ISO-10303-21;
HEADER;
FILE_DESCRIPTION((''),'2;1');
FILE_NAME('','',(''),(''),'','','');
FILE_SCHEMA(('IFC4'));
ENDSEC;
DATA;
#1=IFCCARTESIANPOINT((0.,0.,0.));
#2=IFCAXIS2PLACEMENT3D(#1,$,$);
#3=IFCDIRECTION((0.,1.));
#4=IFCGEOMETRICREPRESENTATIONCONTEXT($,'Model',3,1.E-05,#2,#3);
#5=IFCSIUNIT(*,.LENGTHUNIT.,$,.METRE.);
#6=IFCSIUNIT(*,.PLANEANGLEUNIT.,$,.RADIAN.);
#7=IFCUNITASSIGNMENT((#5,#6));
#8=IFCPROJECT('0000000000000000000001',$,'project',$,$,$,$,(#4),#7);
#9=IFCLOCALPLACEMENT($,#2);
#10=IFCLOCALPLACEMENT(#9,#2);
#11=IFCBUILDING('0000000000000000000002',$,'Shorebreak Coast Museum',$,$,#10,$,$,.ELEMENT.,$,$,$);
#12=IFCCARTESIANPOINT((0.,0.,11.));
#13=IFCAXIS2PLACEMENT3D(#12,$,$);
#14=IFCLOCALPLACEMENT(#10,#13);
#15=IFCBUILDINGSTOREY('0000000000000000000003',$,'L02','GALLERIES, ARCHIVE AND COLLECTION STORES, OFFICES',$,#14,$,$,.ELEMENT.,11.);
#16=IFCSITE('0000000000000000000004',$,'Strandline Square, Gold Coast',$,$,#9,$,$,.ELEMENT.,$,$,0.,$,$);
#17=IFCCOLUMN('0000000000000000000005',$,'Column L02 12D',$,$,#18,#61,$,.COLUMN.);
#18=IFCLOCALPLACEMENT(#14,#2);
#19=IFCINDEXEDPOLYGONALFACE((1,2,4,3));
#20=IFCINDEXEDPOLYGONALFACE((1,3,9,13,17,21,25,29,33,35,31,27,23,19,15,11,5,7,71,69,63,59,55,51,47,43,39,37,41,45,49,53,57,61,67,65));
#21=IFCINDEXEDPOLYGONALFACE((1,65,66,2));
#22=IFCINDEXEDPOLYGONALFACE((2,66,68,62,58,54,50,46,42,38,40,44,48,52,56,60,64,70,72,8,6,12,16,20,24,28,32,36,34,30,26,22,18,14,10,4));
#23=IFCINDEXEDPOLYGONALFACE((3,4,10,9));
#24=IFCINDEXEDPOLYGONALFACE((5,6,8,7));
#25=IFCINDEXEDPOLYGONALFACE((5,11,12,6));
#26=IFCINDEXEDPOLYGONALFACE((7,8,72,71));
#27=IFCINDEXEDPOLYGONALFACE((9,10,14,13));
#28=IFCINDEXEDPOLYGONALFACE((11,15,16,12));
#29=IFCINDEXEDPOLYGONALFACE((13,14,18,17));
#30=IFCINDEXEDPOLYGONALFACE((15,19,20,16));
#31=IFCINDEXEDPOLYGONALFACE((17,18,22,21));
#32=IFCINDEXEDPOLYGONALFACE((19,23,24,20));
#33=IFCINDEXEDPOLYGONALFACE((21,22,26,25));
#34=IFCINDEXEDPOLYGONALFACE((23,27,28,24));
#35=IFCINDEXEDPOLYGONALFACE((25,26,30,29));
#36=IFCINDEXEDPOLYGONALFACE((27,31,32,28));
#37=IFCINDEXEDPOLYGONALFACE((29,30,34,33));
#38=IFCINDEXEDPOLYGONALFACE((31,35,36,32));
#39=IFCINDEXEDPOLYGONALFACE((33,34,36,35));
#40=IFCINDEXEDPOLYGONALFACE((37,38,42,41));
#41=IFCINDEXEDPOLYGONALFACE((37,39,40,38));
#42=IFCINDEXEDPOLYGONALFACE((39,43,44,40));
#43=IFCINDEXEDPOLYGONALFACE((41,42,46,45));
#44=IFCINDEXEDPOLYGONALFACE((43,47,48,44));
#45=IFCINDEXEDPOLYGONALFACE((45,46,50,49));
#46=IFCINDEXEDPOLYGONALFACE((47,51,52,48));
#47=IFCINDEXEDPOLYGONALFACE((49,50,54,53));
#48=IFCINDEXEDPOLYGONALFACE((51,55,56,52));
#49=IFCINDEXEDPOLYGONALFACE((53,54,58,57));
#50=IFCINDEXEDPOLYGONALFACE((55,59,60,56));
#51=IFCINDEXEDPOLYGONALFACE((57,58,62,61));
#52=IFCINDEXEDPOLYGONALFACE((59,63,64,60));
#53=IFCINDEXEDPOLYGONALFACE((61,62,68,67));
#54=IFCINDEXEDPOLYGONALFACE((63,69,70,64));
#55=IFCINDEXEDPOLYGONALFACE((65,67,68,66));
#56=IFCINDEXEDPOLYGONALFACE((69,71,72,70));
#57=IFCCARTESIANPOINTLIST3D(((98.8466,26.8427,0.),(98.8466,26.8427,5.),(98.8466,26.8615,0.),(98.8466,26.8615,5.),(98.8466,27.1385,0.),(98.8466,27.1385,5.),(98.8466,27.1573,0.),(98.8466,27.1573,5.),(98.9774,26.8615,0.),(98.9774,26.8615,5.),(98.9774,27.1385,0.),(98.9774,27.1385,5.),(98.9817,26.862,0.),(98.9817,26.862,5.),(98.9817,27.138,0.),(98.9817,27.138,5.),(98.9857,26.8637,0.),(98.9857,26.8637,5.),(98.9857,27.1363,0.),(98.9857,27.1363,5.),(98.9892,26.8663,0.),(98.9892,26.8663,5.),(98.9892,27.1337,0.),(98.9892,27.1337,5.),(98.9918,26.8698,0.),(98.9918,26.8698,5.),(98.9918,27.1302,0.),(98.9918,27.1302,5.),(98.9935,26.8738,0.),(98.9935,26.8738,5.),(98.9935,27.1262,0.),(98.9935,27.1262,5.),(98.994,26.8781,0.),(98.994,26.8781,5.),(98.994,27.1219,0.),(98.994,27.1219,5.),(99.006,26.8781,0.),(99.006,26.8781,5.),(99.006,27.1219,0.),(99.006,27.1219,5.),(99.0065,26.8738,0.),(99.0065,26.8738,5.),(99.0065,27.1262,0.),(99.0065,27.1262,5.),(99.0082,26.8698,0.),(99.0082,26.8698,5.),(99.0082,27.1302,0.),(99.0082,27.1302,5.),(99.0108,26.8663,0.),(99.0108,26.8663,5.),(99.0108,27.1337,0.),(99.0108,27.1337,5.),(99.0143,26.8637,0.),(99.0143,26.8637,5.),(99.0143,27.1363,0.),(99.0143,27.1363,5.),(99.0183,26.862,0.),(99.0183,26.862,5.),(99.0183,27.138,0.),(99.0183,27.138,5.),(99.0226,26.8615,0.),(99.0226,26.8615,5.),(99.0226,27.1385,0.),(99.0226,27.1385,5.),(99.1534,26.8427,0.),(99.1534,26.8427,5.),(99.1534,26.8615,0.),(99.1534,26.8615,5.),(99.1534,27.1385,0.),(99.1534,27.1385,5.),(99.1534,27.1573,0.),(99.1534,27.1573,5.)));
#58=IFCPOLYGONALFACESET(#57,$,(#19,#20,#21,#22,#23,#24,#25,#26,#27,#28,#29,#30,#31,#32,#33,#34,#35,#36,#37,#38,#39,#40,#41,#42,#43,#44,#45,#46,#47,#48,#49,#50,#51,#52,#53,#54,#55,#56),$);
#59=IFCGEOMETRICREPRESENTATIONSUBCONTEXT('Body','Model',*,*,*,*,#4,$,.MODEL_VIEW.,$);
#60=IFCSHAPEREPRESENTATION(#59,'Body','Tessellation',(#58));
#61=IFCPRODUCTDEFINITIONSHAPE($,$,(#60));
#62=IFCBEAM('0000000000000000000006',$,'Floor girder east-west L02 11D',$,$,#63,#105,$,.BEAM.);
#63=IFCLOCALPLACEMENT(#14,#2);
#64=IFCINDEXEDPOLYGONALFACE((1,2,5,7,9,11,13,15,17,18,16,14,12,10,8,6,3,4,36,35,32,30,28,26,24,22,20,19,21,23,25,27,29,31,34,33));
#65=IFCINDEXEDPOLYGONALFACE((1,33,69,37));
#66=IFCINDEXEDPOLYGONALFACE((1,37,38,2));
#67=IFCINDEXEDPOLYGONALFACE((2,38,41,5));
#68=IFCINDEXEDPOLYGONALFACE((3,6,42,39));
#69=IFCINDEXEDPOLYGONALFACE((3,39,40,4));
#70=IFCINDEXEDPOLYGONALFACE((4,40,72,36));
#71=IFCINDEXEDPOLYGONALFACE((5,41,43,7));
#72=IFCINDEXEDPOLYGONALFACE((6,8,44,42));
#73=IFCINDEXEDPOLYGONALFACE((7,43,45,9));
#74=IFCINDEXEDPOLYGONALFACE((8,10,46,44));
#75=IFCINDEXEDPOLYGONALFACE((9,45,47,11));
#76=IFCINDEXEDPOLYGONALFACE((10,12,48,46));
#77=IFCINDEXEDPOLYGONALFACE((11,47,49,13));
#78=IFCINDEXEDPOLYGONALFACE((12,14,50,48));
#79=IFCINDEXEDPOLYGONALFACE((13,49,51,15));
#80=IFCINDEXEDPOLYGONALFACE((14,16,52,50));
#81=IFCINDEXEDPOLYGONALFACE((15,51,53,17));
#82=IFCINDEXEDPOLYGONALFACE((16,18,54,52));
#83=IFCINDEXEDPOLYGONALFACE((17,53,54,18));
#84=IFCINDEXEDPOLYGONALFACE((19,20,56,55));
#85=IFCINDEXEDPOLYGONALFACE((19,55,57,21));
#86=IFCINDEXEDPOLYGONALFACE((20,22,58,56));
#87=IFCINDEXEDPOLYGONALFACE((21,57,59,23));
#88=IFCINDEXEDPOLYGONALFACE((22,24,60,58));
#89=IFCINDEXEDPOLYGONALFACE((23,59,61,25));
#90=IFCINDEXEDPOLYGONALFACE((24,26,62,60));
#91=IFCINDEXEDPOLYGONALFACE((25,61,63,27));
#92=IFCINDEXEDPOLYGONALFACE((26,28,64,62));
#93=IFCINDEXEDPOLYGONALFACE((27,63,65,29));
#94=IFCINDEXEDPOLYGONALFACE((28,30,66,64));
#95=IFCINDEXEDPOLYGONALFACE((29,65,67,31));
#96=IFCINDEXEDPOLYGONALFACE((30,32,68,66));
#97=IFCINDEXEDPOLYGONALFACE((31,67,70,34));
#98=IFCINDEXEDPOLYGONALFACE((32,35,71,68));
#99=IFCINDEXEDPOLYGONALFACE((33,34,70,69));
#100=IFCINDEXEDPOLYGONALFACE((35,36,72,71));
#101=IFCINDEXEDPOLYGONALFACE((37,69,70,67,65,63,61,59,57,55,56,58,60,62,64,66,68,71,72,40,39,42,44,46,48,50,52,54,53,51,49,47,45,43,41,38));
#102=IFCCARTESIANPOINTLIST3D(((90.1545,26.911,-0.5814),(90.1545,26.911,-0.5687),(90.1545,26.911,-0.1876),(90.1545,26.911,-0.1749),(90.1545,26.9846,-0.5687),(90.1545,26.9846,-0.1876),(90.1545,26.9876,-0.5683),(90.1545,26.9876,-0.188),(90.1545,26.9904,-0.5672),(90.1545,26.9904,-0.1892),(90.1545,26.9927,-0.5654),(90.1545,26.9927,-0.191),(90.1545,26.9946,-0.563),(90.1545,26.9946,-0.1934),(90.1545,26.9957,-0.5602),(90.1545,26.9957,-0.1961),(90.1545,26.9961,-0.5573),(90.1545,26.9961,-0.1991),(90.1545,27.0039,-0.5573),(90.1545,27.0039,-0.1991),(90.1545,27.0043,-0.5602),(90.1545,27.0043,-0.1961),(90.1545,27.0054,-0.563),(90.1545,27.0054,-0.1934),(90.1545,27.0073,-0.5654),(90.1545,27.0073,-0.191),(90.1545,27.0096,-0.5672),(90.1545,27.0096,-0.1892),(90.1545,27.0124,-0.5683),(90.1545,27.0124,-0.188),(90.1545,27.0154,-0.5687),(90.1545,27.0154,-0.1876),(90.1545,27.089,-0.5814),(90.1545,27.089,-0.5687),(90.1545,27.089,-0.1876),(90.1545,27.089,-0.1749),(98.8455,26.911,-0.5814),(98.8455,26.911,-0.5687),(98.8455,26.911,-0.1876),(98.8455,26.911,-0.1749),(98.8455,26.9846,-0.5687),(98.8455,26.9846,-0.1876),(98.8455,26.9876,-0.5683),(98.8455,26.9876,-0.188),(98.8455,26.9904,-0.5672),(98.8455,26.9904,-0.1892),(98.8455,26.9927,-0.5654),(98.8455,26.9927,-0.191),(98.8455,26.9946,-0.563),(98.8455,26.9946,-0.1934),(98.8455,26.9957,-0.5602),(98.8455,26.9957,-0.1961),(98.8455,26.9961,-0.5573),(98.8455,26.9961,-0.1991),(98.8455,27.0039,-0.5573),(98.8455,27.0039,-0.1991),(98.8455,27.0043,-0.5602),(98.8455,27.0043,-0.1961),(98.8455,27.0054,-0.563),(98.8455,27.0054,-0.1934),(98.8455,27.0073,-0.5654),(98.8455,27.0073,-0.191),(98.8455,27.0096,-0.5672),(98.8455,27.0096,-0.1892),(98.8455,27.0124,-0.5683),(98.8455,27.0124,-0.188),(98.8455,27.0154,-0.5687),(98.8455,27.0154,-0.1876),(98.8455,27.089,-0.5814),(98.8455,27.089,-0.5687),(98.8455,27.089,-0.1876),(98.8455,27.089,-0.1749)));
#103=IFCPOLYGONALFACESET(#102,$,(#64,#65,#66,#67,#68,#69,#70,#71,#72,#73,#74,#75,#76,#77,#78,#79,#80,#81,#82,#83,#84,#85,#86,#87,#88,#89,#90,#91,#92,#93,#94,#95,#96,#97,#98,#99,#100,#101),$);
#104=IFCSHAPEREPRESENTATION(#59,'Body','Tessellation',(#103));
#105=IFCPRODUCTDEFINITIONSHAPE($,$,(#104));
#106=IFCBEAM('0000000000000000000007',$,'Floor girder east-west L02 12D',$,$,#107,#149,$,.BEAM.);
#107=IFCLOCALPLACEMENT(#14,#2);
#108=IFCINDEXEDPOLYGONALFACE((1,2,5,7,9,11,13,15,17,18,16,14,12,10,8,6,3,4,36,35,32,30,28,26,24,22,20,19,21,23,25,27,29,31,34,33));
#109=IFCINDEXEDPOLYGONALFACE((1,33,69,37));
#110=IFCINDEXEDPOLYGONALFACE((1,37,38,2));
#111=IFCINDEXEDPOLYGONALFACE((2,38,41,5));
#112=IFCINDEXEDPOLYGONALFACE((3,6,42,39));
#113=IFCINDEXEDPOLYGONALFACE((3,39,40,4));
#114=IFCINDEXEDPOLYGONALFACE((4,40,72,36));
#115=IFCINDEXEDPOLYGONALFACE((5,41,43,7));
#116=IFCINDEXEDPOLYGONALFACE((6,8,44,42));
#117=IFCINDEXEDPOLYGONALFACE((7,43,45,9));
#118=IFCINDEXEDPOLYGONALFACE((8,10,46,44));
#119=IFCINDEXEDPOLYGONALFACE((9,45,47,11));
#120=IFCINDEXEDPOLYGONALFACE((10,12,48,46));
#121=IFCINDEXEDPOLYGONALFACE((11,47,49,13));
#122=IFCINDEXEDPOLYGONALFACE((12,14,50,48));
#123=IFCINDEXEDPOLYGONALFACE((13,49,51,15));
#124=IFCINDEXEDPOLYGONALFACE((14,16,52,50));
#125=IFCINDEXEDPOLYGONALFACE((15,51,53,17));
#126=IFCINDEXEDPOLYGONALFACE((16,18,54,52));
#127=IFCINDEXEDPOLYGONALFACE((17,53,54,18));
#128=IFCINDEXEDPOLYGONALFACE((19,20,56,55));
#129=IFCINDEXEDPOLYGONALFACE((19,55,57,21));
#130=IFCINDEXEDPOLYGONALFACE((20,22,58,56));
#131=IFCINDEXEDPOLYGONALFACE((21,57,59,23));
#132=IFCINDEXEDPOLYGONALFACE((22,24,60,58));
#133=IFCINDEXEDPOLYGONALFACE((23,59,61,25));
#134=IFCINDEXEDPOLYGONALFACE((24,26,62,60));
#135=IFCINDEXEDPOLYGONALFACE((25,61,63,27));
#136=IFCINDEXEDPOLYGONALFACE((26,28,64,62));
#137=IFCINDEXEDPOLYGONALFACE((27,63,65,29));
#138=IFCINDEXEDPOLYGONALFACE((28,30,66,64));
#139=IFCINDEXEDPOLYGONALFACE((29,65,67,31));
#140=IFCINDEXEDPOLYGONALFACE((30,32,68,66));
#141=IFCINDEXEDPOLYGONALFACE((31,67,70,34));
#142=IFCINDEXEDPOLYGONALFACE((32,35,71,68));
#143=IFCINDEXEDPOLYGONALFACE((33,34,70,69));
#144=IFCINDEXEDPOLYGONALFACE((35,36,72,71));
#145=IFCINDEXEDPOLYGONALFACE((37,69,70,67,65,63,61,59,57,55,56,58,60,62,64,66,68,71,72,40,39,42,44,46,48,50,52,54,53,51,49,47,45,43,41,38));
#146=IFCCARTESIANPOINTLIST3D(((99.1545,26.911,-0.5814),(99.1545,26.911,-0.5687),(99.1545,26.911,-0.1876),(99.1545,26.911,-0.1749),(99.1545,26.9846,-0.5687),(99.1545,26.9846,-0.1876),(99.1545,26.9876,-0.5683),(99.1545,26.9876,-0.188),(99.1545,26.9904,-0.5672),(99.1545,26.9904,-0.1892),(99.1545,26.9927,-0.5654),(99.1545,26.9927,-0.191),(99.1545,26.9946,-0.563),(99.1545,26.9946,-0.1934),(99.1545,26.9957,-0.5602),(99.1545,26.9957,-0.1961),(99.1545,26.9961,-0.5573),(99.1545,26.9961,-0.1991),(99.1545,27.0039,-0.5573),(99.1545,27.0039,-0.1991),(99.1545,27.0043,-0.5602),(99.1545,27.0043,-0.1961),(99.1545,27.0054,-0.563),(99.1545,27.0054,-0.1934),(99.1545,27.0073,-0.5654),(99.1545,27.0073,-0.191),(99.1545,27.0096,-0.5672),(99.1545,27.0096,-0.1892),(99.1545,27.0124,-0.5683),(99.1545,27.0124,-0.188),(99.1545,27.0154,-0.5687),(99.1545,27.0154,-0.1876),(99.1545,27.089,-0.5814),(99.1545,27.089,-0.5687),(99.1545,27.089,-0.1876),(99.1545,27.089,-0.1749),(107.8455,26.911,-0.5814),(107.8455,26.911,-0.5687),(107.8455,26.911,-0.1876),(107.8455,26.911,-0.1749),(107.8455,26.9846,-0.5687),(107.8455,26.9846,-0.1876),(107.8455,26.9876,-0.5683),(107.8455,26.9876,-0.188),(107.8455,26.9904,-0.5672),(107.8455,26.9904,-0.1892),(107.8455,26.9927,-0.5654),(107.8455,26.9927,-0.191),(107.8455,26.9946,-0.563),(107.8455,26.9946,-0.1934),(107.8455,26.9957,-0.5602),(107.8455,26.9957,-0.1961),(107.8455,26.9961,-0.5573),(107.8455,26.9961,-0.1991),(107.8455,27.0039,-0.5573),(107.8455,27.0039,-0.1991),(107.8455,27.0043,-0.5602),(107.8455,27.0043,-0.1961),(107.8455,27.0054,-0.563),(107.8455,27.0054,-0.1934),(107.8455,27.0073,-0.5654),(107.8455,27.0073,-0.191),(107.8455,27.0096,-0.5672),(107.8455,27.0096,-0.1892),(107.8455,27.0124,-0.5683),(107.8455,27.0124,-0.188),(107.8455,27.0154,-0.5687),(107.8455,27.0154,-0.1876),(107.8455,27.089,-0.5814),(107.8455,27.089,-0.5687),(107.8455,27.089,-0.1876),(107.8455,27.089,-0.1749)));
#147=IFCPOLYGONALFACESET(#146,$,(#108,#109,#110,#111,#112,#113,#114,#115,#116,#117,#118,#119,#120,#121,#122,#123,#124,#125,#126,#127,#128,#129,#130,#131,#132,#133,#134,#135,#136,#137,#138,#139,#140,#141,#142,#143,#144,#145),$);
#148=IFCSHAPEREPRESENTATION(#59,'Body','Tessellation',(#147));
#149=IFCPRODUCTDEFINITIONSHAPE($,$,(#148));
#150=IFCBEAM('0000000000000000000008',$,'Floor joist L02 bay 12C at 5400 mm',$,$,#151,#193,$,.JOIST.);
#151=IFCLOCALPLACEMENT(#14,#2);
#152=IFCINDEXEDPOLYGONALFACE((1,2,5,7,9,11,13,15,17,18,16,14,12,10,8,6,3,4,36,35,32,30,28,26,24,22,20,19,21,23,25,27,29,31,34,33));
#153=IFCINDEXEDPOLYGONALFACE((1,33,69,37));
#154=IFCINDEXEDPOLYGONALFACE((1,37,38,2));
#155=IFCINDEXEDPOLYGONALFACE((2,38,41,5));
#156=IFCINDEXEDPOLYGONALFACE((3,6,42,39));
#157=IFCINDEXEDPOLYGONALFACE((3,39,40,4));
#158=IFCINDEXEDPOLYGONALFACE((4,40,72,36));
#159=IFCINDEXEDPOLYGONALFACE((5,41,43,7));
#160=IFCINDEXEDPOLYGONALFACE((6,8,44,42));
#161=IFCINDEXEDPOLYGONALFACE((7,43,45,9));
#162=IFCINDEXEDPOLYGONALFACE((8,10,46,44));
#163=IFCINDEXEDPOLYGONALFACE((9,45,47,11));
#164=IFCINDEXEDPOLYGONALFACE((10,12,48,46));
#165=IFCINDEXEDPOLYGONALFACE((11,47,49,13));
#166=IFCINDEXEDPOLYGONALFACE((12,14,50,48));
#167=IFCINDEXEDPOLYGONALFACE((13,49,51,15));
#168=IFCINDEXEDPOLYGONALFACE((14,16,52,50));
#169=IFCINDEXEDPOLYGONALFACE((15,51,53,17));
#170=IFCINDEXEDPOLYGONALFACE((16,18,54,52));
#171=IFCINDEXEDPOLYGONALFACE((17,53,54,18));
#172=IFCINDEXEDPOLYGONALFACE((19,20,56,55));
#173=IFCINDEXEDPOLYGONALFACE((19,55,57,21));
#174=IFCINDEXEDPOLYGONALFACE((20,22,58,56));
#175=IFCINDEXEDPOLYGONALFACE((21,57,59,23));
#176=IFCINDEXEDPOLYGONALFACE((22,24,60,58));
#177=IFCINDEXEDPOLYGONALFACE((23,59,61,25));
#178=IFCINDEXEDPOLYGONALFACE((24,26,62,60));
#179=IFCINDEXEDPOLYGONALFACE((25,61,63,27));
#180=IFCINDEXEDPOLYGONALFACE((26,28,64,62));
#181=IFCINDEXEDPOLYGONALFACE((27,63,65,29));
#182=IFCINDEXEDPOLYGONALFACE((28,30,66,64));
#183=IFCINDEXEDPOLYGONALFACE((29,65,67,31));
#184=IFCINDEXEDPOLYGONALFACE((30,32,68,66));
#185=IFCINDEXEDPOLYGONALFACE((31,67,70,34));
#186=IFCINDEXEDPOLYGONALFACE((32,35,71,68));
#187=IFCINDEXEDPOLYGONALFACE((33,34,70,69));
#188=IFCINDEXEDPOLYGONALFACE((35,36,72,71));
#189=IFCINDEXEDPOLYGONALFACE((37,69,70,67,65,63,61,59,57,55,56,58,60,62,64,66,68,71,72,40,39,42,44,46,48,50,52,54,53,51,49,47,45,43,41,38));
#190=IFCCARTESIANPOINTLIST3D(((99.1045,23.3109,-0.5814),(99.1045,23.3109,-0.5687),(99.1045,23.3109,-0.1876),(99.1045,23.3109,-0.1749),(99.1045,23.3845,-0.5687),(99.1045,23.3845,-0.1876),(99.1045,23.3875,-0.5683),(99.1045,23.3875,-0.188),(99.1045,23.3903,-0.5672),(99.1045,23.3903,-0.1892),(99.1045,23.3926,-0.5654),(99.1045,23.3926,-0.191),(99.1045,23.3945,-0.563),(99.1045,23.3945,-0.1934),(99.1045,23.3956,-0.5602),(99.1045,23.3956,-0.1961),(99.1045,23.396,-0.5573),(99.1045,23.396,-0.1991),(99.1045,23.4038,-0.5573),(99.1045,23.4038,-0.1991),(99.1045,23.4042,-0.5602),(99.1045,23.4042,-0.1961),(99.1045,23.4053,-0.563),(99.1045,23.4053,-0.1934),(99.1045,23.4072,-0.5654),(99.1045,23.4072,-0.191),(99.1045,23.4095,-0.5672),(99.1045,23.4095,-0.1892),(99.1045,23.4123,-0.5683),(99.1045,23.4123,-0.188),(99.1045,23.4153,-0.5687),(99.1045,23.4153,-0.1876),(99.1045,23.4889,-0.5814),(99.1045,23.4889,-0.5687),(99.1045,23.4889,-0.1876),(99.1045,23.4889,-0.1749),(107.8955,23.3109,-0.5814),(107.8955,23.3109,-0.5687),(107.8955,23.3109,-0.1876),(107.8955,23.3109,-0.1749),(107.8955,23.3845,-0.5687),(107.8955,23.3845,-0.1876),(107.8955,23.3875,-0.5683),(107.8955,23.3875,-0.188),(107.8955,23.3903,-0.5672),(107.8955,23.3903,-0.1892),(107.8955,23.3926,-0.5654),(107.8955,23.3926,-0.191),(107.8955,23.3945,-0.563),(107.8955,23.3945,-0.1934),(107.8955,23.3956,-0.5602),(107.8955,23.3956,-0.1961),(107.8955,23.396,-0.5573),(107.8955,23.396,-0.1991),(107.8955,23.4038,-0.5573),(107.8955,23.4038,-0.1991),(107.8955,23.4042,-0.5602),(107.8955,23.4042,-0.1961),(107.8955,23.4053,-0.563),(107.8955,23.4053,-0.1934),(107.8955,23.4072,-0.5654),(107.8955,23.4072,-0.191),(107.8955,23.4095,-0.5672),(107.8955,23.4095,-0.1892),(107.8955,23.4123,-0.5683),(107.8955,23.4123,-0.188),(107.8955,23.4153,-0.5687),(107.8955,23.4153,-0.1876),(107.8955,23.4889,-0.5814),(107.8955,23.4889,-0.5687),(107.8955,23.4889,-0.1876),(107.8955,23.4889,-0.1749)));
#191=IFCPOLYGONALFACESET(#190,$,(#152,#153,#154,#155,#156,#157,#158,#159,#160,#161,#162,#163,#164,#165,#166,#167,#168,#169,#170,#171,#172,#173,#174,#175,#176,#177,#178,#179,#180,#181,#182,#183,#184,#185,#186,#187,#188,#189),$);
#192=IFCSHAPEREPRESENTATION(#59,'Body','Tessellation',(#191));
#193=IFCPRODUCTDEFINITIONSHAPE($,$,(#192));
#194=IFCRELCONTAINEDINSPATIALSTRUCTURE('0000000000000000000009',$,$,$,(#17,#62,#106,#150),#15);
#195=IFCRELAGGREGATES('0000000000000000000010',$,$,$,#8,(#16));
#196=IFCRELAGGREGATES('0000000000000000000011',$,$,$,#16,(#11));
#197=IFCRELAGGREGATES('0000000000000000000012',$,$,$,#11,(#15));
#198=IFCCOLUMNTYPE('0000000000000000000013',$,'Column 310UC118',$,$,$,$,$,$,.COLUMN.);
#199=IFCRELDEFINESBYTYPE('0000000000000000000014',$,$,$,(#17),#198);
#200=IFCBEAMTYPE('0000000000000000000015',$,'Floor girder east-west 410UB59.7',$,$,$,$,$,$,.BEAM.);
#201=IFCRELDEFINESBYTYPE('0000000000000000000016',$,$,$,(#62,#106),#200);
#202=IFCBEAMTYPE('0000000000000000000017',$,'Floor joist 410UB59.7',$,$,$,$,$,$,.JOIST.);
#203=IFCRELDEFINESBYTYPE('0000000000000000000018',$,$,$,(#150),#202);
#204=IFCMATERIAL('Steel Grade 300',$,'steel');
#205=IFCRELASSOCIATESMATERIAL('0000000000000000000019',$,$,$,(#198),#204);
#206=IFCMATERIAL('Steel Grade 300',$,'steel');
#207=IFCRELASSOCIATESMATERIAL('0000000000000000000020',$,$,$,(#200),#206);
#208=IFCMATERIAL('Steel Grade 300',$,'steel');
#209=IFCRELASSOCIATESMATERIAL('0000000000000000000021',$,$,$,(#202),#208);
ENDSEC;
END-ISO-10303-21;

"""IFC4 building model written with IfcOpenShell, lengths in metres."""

from ifc_helpers import new_model, si_unit, direction, frame, origin, origin_2d, place, context, subcontext, project, spatial, i_section, extrude, material, material_profile, profile_set, type_object, element, save


model = new_model("IFC4")

# Units and contexts
model_context = context("Model", 3, precision=1e-05, world=origin(), true_north=direction((0.0, 1.0)))
body_context = subcontext(model_context, "Body", "Model", "MODEL_VIEW")
ifc_project = project(units=[si_unit("LENGTHUNIT", "METRE"), si_unit("PLANEANGLEUNIT", "RADIAN")], contexts=[model_context])

# Site, building, storey
site_placement = place(None, origin())
site = spatial("IfcSite", under=ifc_project, at=site_placement, Name="Strandline Square, Gold Coast", CompositionType="ELEMENT", RefElevation=0.0)
building_placement = place(site_placement, origin())
building = spatial("IfcBuilding", under=site, at=building_placement, Name="Shorebreak Coast Museum", CompositionType="ELEMENT")
storey_placement = place(building_placement, frame((0.0, 0.0, 11.0)))
storey = spatial("IfcBuildingStorey", under=building, at=storey_placement, Name="L02", Description="GALLERIES, ARCHIVE AND COLLECTION STORES, OFFICES", CompositionType="ELEMENT", Elevation=11.0)

# Column
ifc_material_1 = material(Name="Steel Grade 300", Category="steel")
ifc_material_profile_1 = material_profile(ifc_material_1, i_section(OverallWidth=0.3069, OverallDepth=0.3147, WebThickness=0.012, FlangeThickness=0.0188, FilletRadius=0.0166, at=origin_2d()), Name="310UC118")
ifc_profile_set_1 = profile_set([ifc_material_profile_1], Name="Steel Grade 300")
column_type = type_object("IfcColumnType", Name="Column 310UC118", PredefinedType="COLUMN", material=ifc_profile_set_1)
column_placement = place(storey_placement, frame((99.0, 27.0, 0.0), z_axis=(0.0, 0.0, 1.0), x_axis=(1.0, 0.0, 0.0)))
element("IfcColumn", 1, at=column_placement, inside=storey, type_object=column_type, Name="Column L02 12D", PredefinedType="COLUMN", context=body_context, shape_type="SweptSolid", body=[
    extrude(i_section(OverallWidth=0.3069, OverallDepth=0.3147, WebThickness=0.012, FlangeThickness=0.0188, FilletRadius=0.0166, at=origin_2d()), origin(), (0.0, 0.0, 1.0), 5.0),
])

# Beams
ifc_material_2 = material(Name="Steel Grade 300", Category="steel")
ifc_material_profile_2 = material_profile(ifc_material_2, i_section(OverallWidth=0.178, OverallDepth=0.4065, WebThickness=0.0078, FlangeThickness=0.0127, FilletRadius=0.0115, at=origin_2d()), Name="410UB59.7")
ifc_profile_set_2 = profile_set([ifc_material_profile_2], Name="Steel Grade 300")
beam_type_1 = type_object("IfcBeamType", Name="Floor girder east-west 410UB59.7", PredefinedType="BEAM", material=ifc_profile_set_2)
for number, where, z_axis, x_axis, name in (
    (2, (90.1545, 27.0, -0.3782), (1.0, 0.0, 0.0), (0.0, 1.0, 0.0), "Floor girder east-west L02 11D"),
    (3, (99.1545, 27.0, -0.3782), (1.0, 0.0, 0.0), (0.0, 1.0, 0.0), "Floor girder east-west L02 12D"),
):
    element("IfcBeam", number, at=place(storey_placement, frame(where, z_axis=z_axis, x_axis=x_axis)), inside=storey, type_object=beam_type_1, Name=name, PredefinedType="BEAM", context=body_context, shape_type="SweptSolid", body=[
        extrude(i_section(OverallWidth=0.178, OverallDepth=0.4065, WebThickness=0.0078, FlangeThickness=0.0127, FilletRadius=0.0115, at=origin_2d()), origin(), (0.0, 0.0, 1.0), 8.6909),
    ])
ifc_material_3 = material(Name="Steel Grade 300", Category="steel")
ifc_material_profile_3 = material_profile(ifc_material_3, i_section(OverallWidth=0.178, OverallDepth=0.4065, WebThickness=0.0078, FlangeThickness=0.0127, FilletRadius=0.0115, at=origin_2d()), Name="410UB59.7")
ifc_profile_set_3 = profile_set([ifc_material_profile_3], Name="Steel Grade 300")
beam_type_2 = type_object("IfcBeamType", Name="Floor joist 410UB59.7", PredefinedType="JOIST", material=ifc_profile_set_3)
beam_1_placement = place(storey_placement, frame((99.1045, 23.3999, -0.3782), z_axis=(1.0, 0.0, 0.0), x_axis=(0.0, 1.0, 0.0)))
element("IfcBeam", 4, at=beam_1_placement, inside=storey, type_object=beam_type_2, Name="Floor joist L02 bay 12C at 5400 mm", PredefinedType="JOIST", context=body_context, shape_type="SweptSolid", body=[
    extrude(i_section(OverallWidth=0.178, OverallDepth=0.4065, WebThickness=0.0078, FlangeThickness=0.0127, FilletRadius=0.0115, at=origin_2d()), origin(), (0.0, 0.0, 1.0), 8.791),
])

save(model, "model.ifc")
